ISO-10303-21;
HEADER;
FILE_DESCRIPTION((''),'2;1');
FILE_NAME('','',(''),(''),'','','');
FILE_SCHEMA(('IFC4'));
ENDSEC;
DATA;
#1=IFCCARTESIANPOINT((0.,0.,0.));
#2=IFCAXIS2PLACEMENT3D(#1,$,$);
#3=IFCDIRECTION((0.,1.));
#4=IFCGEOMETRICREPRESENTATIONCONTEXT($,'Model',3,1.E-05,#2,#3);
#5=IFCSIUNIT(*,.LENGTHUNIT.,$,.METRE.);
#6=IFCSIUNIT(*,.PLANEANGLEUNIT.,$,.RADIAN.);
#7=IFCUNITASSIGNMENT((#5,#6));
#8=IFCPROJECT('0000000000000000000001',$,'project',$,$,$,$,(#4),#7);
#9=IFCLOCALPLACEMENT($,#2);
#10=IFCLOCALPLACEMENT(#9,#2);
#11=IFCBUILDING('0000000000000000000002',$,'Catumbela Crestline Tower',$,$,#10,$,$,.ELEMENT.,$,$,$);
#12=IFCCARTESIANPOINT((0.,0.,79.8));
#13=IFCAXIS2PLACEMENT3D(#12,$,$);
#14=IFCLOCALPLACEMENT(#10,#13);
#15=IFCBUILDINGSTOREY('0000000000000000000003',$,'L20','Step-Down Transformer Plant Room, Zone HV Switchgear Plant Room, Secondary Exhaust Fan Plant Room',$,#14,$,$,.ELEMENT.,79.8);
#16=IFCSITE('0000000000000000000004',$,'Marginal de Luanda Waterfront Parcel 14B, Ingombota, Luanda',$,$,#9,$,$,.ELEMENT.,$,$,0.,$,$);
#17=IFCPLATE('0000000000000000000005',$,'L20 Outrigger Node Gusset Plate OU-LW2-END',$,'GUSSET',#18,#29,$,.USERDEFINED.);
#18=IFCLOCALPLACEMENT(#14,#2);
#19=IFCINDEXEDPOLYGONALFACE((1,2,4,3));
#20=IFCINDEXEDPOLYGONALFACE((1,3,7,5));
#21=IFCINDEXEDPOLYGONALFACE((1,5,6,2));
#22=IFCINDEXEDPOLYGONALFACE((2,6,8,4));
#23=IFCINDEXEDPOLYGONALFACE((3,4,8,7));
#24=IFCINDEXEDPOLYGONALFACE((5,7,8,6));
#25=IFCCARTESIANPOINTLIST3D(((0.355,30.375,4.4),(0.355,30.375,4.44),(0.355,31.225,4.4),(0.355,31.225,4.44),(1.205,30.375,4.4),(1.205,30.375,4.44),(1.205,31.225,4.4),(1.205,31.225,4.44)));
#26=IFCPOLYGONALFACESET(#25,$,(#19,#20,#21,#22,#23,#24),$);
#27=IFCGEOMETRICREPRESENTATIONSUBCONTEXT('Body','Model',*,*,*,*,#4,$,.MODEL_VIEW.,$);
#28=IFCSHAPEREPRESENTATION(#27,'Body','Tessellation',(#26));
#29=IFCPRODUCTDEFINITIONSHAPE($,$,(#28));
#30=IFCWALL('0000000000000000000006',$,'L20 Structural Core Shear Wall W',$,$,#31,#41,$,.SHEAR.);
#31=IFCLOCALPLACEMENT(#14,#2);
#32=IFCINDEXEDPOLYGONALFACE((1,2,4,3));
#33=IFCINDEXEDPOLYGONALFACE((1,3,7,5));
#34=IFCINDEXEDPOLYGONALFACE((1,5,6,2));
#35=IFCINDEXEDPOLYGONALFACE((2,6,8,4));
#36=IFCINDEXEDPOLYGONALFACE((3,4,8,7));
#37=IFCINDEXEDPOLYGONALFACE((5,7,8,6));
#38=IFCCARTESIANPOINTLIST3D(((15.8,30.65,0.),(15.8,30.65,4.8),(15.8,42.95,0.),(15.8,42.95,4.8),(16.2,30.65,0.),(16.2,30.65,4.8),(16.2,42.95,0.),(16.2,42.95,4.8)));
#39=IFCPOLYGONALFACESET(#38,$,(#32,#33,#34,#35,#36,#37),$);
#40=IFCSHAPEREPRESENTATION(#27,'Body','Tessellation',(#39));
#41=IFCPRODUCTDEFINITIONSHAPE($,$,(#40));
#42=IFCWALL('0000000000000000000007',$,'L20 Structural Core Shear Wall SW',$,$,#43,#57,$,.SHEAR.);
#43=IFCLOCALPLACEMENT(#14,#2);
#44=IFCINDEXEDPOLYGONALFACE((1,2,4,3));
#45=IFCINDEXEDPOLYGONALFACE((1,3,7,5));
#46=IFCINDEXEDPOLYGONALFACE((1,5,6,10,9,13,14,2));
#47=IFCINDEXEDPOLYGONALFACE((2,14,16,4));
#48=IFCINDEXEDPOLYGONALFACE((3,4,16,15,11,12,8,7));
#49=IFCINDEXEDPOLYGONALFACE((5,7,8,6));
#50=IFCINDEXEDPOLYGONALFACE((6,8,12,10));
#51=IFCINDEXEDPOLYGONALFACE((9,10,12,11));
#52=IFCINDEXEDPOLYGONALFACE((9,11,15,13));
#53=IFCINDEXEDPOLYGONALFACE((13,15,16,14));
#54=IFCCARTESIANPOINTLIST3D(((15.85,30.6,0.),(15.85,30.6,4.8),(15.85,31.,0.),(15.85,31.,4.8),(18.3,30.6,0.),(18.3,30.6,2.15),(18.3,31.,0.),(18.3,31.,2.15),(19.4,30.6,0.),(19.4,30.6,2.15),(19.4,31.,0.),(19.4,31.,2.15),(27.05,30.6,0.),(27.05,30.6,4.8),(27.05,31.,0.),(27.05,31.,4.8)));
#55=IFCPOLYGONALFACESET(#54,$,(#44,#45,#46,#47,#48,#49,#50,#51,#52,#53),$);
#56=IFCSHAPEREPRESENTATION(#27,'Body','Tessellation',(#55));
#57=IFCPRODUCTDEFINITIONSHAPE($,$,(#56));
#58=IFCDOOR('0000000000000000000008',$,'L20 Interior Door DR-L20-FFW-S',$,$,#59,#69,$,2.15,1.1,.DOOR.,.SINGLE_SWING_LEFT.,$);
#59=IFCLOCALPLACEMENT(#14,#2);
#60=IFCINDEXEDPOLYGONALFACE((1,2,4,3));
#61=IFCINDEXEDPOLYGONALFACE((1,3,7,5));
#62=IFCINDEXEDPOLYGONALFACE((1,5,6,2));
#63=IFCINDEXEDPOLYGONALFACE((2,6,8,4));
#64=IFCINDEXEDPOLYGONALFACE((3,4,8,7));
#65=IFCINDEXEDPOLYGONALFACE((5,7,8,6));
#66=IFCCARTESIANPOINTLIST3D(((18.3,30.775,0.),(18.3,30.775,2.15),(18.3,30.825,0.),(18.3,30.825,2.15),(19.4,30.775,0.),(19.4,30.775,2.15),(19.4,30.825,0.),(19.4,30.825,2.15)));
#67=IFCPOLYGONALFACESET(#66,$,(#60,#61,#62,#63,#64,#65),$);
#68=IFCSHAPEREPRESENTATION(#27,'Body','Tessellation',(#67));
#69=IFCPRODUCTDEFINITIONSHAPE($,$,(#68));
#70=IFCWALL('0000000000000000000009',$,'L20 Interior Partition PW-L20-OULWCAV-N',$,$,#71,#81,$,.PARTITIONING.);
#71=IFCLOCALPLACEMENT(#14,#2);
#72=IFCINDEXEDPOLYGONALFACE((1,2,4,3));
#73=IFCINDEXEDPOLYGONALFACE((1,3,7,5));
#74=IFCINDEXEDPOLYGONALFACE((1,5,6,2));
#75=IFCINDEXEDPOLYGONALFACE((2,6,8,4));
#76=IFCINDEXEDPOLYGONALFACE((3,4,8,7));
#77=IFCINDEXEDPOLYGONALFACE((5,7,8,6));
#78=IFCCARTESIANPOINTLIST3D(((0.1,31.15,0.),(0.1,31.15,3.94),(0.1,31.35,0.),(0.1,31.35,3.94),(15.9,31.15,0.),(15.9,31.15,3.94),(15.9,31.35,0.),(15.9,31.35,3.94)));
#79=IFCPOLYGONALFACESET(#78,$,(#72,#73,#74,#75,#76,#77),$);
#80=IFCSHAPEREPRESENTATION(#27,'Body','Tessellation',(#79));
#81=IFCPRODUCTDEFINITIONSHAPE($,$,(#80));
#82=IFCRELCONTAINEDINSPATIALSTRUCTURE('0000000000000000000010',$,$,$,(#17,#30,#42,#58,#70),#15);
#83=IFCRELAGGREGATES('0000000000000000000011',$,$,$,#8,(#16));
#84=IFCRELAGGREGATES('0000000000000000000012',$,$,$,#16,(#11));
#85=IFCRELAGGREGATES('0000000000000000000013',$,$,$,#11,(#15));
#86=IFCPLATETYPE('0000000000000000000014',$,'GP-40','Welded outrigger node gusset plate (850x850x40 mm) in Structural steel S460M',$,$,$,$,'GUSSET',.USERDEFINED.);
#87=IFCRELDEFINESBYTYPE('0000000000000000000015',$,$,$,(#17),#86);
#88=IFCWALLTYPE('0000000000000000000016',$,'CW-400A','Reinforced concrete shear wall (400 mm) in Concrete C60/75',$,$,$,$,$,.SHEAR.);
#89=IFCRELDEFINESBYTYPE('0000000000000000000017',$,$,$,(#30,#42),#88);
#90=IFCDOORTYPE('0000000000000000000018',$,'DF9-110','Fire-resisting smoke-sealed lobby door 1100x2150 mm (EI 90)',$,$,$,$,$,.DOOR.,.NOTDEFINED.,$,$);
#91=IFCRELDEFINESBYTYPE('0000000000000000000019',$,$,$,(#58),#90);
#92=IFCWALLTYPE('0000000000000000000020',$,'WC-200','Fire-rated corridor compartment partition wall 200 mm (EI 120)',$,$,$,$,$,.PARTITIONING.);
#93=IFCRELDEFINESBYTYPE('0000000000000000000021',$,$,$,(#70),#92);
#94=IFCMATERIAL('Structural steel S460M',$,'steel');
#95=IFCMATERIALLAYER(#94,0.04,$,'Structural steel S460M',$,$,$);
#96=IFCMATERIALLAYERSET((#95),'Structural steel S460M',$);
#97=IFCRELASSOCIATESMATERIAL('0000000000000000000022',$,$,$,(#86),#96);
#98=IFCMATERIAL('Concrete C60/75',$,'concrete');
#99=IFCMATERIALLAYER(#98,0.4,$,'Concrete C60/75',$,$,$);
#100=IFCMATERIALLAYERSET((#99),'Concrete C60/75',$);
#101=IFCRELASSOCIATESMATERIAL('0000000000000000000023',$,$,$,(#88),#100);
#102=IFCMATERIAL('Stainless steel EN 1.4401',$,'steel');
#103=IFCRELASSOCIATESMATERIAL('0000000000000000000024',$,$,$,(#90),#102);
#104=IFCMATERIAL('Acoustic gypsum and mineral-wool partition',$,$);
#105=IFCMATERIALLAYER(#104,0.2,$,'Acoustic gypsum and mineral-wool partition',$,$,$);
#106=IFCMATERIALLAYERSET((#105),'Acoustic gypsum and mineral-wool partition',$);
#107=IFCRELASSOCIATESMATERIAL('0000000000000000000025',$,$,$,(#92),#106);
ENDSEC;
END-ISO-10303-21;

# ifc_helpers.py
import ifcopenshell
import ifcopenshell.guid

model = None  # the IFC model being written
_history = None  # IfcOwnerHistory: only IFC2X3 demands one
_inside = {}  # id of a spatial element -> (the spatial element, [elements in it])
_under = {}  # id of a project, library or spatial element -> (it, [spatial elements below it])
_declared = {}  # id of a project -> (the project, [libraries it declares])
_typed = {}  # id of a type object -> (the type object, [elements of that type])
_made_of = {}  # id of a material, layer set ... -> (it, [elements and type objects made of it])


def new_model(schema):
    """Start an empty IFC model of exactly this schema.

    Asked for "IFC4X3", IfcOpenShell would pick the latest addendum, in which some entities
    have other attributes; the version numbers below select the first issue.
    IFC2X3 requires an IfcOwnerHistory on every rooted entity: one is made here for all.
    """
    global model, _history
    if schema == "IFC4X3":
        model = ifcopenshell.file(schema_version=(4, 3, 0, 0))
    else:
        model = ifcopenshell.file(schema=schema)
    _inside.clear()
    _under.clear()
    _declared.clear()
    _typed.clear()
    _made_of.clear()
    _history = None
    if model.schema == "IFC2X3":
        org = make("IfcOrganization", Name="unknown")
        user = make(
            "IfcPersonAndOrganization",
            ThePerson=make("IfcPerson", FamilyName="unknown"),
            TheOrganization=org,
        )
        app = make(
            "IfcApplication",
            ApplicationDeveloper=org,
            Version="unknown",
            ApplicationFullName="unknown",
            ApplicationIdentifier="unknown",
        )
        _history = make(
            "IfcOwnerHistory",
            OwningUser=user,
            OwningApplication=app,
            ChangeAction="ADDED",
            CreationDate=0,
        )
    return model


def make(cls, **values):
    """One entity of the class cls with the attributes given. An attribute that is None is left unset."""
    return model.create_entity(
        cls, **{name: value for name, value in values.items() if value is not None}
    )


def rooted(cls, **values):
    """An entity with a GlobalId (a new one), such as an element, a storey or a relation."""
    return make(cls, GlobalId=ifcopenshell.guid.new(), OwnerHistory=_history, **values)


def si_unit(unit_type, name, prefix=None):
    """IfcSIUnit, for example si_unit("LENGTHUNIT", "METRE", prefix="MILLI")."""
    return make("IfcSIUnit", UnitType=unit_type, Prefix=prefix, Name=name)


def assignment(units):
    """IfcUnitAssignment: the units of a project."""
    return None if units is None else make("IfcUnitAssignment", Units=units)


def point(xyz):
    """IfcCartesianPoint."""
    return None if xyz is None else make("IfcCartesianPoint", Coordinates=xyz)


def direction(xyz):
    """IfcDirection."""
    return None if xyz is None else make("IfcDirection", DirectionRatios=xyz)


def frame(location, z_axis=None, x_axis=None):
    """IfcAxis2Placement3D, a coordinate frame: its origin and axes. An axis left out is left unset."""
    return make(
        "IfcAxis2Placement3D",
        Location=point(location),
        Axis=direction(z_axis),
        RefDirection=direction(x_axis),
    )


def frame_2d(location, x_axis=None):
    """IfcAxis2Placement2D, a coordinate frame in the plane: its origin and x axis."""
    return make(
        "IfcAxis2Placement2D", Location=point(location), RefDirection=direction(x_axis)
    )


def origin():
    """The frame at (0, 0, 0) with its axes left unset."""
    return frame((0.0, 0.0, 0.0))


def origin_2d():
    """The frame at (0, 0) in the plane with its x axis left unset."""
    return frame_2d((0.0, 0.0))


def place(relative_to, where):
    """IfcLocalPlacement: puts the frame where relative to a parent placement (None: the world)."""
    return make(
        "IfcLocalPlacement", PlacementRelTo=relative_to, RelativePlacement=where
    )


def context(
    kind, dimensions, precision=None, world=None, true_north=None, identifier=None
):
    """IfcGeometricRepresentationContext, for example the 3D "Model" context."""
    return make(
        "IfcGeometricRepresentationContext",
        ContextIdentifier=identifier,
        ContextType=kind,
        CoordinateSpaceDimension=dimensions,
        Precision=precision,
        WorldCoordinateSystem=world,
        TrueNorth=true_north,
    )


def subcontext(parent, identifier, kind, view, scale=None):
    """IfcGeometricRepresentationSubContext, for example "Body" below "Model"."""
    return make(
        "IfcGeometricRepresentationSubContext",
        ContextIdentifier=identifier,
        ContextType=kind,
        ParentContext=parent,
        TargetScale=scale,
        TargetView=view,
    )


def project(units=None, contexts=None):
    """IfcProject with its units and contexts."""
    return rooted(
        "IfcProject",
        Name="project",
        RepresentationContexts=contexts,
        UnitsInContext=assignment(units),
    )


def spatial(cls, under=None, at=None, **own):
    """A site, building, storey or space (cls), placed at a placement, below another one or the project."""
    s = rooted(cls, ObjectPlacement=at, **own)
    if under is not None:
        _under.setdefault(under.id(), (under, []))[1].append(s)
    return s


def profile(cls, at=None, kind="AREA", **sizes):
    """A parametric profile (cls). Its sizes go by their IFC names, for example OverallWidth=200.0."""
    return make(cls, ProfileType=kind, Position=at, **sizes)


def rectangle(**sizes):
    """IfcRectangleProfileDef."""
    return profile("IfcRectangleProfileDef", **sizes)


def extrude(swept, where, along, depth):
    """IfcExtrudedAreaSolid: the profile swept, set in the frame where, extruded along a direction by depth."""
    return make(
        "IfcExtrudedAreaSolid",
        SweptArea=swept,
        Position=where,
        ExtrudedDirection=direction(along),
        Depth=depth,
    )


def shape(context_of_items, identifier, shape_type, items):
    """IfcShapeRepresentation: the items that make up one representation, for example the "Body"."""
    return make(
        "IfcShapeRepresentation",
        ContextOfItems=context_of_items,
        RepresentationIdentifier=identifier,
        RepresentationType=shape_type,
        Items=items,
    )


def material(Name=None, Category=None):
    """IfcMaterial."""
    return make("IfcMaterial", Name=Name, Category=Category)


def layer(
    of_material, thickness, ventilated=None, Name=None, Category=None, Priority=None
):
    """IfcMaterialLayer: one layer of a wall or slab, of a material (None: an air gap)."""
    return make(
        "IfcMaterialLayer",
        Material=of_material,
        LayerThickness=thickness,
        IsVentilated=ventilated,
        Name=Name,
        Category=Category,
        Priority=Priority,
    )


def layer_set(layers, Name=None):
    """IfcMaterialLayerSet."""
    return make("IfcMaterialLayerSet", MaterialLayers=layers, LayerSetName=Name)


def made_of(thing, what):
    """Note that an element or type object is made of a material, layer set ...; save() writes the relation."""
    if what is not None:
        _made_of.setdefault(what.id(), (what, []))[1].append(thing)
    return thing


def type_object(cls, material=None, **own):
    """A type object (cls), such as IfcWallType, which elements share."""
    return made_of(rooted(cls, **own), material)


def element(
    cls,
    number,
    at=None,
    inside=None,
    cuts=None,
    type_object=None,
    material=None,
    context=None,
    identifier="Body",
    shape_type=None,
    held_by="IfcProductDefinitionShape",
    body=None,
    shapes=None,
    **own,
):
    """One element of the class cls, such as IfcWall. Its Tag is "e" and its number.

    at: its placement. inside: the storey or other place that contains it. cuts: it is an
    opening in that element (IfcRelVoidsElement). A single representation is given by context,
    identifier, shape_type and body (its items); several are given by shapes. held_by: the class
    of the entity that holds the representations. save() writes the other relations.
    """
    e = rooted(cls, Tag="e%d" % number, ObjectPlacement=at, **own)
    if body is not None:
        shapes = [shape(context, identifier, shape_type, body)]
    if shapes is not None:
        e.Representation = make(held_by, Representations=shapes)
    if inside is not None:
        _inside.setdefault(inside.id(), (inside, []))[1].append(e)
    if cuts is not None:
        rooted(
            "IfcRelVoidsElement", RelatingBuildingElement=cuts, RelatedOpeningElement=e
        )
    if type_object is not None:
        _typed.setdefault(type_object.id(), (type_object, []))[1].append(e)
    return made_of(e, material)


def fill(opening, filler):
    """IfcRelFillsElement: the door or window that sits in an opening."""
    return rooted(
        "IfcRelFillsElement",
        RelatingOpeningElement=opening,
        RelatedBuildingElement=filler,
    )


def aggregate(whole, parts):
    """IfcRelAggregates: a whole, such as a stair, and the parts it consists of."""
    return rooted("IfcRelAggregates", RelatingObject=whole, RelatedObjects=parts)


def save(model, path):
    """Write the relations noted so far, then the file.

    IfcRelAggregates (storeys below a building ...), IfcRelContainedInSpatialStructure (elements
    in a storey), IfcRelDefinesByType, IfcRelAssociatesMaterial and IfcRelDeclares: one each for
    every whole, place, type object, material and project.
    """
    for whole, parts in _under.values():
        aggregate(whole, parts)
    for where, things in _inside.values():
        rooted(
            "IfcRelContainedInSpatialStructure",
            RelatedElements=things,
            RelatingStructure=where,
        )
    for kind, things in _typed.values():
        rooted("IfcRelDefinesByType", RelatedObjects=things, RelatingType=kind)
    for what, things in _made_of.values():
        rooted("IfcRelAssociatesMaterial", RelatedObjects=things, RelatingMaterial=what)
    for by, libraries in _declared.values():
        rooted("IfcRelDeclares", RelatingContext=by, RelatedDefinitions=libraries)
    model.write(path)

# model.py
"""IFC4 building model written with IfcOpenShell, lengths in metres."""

from ifc_helpers import new_model, si_unit, direction, frame, frame_2d, origin, origin_2d, place, context, subcontext, project, spatial, rectangle, extrude, material, layer, layer_set, type_object, element, fill, save


model = new_model("IFC4")

# Units and contexts
model_context = context("Model", 3, precision=1e-05, world=origin(), true_north=direction((0.0, 1.0)))
body_context = subcontext(model_context, "Body", "Model", "MODEL_VIEW")
ifc_project = project(units=[si_unit("LENGTHUNIT", "METRE"), si_unit("PLANEANGLEUNIT", "RADIAN")], contexts=[model_context])

# Site, building, storey
site_placement = place(None, origin())
site = spatial("IfcSite", under=ifc_project, at=site_placement, Name="Marginal de Luanda Waterfront Parcel 14B, Ingombota, Luanda", CompositionType="ELEMENT", RefElevation=0.0)
building_placement = place(site_placement, origin())
building = spatial("IfcBuilding", under=site, at=building_placement, Name="Catumbela Crestline Tower", CompositionType="ELEMENT")
storey_placement = place(building_placement, frame((0.0, 0.0, 79.8)))
storey = spatial("IfcBuildingStorey", under=building, at=storey_placement, Name="L20", Description="Step-Down Transformer Plant Room, Zone HV Switchgear Plant Room, Secondary Exhaust Fan Plant Room", CompositionType="ELEMENT", Elevation=79.8)

# Shared definitions
ifc_material_1 = material(Name="Structural steel S460M", Category="steel")

# Plate
ifc_layer_1 = layer(ifc_material_1, 0.04, Name="Structural steel S460M")
ifc_layer_set_1 = layer_set([ifc_layer_1], Name="Structural steel S460M")
plate_type = type_object("IfcPlateType", Name="GP-40", Description="Welded outrigger node gusset plate (850x850x40 mm) in Structural steel S460M", ElementType="GUSSET", PredefinedType="USERDEFINED", material=ifc_layer_set_1)
for number, where, z_axis, x_axis, name in (
    (1, (0.78, 30.8, 4.4), (0.0, 0.0, 1.0), (1.0, 0.0, 0.0), "L20 Outrigger Node Gusset Plate OU-LW2-END"),
):
    element("IfcPlate", number, at=place(storey_placement, frame(where, z_axis=z_axis, x_axis=x_axis)), inside=storey, type_object=plate_type, Name=name, ObjectType="GUSSET", PredefinedType="USERDEFINED", context=body_context, shape_type="SweptSolid", body=[
        extrude(rectangle(XDim=0.85, YDim=0.85, at=origin_2d()), origin(), (0.0, 0.0, 1.0), 0.04),
    ])

# Wall
ifc_material_2 = material(Name="Concrete C60/75", Category="concrete")
ifc_layer_2 = layer(ifc_material_2, 0.4, Name="Concrete C60/75")
ifc_layer_set_2 = layer_set([ifc_layer_2], Name="Concrete C60/75")
wall_type_1 = type_object("IfcWallType", Name="CW-400A", Description="Reinforced concrete shear wall (400 mm) in Concrete C60/75", PredefinedType="SHEAR", material=ifc_layer_set_2)
wall_1_placement = place(storey_placement, frame((16.0, 30.65, 0.0), z_axis=(0.0, 0.0, 1.0), x_axis=(0.0, 1.0, 0.0)))
element("IfcWall", 2, at=wall_1_placement, inside=storey, type_object=wall_type_1, Name="L20 Structural Core Shear Wall W", PredefinedType="SHEAR", context=body_context, shape_type="SweptSolid", body=[
    extrude(rectangle(XDim=12.3, YDim=0.4, at=frame_2d((6.15, 0.0))), origin(), (0.0, 0.0, 1.0), 4.8),
])

# Wall, opening, door
wall_2_placement = place(storey_placement, frame((15.85, 30.8, 0.0), z_axis=(0.0, 0.0, 1.0), x_axis=(1.0, 0.0, 0.0)))
wall_2 = element("IfcWall", 3, at=wall_2_placement, inside=storey, type_object=wall_type_1, Name="L20 Structural Core Shear Wall SW", PredefinedType="SHEAR", context=body_context, shape_type="SweptSolid", body=[
    extrude(rectangle(XDim=11.2, YDim=0.4, at=frame_2d((5.6, 0.0))), origin(), (0.0, 0.0, 1.0), 4.8),
])
opening_placement = place(wall_2_placement, frame((2.45, 0.0, 0.0)))
opening = element("IfcOpeningElement", 4, at=opening_placement, cuts=wall_2, PredefinedType="OPENING", context=body_context, shape_type="SweptSolid", body=[
    extrude(rectangle(XDim=1.1, YDim=2.15, at=frame_2d((0.55, 1.075))), frame((0.0, 0.21, 0.0), z_axis=(0.0, -1.0, 0.0), x_axis=(1.0, 0.0, 0.0)), (0.0, 0.0, 1.0), 0.42),
])
ifc_material_3 = material(Name="Stainless steel EN 1.4401", Category="steel")
door_type = type_object("IfcDoorType", Name="DF9-110", Description="Fire-resisting smoke-sealed lobby door 1100x2150 mm (EI 90)", OperationType="NOTDEFINED", PredefinedType="DOOR", material=ifc_material_3)
door_placement = place(opening_placement, origin())
door = element("IfcDoor", 5, at=door_placement, inside=storey, type_object=door_type, Name="L20 Interior Door DR-L20-FFW-S", OperationType="SINGLE_SWING_LEFT", OverallHeight=2.15, OverallWidth=1.1, PredefinedType="DOOR", context=body_context, shape_type="SweptSolid", body=[
    extrude(rectangle(XDim=1.1, YDim=2.15, at=frame_2d((0.55, 1.075))), frame((0.0, 0.025, 0.0), z_axis=(0.0, -1.0, 0.0), x_axis=(1.0, 0.0, 0.0)), (0.0, 0.0, 1.0), 0.05),
])
fill(opening, door)

# Wall
ifc_material_4 = material(Name="Acoustic gypsum and mineral-wool partition")
ifc_layer_3 = layer(ifc_material_4, 0.2, Name="Acoustic gypsum and mineral-wool partition")
ifc_layer_set_3 = layer_set([ifc_layer_3], Name="Acoustic gypsum and mineral-wool partition")
wall_type_2 = type_object("IfcWallType", Name="WC-200", Description="Fire-rated corridor compartment partition wall 200 mm (EI 120)", PredefinedType="PARTITIONING", material=ifc_layer_set_3)
wall_3_placement = place(storey_placement, frame((0.1, 31.25, 0.0), z_axis=(0.0, 0.0, 1.0), x_axis=(1.0, 0.0, 0.0)))
element("IfcWall", 6, at=wall_3_placement, inside=storey, type_object=wall_type_2, Name="L20 Interior Partition PW-L20-OULWCAV-N", PredefinedType="PARTITIONING", context=body_context, shape_type="SweptSolid", body=[
    extrude(rectangle(XDim=15.8, YDim=0.2, at=frame_2d((7.9, 0.0))), origin(), (0.0, 0.0, 1.0), 3.94),
])

save(model, "model.ifc")
